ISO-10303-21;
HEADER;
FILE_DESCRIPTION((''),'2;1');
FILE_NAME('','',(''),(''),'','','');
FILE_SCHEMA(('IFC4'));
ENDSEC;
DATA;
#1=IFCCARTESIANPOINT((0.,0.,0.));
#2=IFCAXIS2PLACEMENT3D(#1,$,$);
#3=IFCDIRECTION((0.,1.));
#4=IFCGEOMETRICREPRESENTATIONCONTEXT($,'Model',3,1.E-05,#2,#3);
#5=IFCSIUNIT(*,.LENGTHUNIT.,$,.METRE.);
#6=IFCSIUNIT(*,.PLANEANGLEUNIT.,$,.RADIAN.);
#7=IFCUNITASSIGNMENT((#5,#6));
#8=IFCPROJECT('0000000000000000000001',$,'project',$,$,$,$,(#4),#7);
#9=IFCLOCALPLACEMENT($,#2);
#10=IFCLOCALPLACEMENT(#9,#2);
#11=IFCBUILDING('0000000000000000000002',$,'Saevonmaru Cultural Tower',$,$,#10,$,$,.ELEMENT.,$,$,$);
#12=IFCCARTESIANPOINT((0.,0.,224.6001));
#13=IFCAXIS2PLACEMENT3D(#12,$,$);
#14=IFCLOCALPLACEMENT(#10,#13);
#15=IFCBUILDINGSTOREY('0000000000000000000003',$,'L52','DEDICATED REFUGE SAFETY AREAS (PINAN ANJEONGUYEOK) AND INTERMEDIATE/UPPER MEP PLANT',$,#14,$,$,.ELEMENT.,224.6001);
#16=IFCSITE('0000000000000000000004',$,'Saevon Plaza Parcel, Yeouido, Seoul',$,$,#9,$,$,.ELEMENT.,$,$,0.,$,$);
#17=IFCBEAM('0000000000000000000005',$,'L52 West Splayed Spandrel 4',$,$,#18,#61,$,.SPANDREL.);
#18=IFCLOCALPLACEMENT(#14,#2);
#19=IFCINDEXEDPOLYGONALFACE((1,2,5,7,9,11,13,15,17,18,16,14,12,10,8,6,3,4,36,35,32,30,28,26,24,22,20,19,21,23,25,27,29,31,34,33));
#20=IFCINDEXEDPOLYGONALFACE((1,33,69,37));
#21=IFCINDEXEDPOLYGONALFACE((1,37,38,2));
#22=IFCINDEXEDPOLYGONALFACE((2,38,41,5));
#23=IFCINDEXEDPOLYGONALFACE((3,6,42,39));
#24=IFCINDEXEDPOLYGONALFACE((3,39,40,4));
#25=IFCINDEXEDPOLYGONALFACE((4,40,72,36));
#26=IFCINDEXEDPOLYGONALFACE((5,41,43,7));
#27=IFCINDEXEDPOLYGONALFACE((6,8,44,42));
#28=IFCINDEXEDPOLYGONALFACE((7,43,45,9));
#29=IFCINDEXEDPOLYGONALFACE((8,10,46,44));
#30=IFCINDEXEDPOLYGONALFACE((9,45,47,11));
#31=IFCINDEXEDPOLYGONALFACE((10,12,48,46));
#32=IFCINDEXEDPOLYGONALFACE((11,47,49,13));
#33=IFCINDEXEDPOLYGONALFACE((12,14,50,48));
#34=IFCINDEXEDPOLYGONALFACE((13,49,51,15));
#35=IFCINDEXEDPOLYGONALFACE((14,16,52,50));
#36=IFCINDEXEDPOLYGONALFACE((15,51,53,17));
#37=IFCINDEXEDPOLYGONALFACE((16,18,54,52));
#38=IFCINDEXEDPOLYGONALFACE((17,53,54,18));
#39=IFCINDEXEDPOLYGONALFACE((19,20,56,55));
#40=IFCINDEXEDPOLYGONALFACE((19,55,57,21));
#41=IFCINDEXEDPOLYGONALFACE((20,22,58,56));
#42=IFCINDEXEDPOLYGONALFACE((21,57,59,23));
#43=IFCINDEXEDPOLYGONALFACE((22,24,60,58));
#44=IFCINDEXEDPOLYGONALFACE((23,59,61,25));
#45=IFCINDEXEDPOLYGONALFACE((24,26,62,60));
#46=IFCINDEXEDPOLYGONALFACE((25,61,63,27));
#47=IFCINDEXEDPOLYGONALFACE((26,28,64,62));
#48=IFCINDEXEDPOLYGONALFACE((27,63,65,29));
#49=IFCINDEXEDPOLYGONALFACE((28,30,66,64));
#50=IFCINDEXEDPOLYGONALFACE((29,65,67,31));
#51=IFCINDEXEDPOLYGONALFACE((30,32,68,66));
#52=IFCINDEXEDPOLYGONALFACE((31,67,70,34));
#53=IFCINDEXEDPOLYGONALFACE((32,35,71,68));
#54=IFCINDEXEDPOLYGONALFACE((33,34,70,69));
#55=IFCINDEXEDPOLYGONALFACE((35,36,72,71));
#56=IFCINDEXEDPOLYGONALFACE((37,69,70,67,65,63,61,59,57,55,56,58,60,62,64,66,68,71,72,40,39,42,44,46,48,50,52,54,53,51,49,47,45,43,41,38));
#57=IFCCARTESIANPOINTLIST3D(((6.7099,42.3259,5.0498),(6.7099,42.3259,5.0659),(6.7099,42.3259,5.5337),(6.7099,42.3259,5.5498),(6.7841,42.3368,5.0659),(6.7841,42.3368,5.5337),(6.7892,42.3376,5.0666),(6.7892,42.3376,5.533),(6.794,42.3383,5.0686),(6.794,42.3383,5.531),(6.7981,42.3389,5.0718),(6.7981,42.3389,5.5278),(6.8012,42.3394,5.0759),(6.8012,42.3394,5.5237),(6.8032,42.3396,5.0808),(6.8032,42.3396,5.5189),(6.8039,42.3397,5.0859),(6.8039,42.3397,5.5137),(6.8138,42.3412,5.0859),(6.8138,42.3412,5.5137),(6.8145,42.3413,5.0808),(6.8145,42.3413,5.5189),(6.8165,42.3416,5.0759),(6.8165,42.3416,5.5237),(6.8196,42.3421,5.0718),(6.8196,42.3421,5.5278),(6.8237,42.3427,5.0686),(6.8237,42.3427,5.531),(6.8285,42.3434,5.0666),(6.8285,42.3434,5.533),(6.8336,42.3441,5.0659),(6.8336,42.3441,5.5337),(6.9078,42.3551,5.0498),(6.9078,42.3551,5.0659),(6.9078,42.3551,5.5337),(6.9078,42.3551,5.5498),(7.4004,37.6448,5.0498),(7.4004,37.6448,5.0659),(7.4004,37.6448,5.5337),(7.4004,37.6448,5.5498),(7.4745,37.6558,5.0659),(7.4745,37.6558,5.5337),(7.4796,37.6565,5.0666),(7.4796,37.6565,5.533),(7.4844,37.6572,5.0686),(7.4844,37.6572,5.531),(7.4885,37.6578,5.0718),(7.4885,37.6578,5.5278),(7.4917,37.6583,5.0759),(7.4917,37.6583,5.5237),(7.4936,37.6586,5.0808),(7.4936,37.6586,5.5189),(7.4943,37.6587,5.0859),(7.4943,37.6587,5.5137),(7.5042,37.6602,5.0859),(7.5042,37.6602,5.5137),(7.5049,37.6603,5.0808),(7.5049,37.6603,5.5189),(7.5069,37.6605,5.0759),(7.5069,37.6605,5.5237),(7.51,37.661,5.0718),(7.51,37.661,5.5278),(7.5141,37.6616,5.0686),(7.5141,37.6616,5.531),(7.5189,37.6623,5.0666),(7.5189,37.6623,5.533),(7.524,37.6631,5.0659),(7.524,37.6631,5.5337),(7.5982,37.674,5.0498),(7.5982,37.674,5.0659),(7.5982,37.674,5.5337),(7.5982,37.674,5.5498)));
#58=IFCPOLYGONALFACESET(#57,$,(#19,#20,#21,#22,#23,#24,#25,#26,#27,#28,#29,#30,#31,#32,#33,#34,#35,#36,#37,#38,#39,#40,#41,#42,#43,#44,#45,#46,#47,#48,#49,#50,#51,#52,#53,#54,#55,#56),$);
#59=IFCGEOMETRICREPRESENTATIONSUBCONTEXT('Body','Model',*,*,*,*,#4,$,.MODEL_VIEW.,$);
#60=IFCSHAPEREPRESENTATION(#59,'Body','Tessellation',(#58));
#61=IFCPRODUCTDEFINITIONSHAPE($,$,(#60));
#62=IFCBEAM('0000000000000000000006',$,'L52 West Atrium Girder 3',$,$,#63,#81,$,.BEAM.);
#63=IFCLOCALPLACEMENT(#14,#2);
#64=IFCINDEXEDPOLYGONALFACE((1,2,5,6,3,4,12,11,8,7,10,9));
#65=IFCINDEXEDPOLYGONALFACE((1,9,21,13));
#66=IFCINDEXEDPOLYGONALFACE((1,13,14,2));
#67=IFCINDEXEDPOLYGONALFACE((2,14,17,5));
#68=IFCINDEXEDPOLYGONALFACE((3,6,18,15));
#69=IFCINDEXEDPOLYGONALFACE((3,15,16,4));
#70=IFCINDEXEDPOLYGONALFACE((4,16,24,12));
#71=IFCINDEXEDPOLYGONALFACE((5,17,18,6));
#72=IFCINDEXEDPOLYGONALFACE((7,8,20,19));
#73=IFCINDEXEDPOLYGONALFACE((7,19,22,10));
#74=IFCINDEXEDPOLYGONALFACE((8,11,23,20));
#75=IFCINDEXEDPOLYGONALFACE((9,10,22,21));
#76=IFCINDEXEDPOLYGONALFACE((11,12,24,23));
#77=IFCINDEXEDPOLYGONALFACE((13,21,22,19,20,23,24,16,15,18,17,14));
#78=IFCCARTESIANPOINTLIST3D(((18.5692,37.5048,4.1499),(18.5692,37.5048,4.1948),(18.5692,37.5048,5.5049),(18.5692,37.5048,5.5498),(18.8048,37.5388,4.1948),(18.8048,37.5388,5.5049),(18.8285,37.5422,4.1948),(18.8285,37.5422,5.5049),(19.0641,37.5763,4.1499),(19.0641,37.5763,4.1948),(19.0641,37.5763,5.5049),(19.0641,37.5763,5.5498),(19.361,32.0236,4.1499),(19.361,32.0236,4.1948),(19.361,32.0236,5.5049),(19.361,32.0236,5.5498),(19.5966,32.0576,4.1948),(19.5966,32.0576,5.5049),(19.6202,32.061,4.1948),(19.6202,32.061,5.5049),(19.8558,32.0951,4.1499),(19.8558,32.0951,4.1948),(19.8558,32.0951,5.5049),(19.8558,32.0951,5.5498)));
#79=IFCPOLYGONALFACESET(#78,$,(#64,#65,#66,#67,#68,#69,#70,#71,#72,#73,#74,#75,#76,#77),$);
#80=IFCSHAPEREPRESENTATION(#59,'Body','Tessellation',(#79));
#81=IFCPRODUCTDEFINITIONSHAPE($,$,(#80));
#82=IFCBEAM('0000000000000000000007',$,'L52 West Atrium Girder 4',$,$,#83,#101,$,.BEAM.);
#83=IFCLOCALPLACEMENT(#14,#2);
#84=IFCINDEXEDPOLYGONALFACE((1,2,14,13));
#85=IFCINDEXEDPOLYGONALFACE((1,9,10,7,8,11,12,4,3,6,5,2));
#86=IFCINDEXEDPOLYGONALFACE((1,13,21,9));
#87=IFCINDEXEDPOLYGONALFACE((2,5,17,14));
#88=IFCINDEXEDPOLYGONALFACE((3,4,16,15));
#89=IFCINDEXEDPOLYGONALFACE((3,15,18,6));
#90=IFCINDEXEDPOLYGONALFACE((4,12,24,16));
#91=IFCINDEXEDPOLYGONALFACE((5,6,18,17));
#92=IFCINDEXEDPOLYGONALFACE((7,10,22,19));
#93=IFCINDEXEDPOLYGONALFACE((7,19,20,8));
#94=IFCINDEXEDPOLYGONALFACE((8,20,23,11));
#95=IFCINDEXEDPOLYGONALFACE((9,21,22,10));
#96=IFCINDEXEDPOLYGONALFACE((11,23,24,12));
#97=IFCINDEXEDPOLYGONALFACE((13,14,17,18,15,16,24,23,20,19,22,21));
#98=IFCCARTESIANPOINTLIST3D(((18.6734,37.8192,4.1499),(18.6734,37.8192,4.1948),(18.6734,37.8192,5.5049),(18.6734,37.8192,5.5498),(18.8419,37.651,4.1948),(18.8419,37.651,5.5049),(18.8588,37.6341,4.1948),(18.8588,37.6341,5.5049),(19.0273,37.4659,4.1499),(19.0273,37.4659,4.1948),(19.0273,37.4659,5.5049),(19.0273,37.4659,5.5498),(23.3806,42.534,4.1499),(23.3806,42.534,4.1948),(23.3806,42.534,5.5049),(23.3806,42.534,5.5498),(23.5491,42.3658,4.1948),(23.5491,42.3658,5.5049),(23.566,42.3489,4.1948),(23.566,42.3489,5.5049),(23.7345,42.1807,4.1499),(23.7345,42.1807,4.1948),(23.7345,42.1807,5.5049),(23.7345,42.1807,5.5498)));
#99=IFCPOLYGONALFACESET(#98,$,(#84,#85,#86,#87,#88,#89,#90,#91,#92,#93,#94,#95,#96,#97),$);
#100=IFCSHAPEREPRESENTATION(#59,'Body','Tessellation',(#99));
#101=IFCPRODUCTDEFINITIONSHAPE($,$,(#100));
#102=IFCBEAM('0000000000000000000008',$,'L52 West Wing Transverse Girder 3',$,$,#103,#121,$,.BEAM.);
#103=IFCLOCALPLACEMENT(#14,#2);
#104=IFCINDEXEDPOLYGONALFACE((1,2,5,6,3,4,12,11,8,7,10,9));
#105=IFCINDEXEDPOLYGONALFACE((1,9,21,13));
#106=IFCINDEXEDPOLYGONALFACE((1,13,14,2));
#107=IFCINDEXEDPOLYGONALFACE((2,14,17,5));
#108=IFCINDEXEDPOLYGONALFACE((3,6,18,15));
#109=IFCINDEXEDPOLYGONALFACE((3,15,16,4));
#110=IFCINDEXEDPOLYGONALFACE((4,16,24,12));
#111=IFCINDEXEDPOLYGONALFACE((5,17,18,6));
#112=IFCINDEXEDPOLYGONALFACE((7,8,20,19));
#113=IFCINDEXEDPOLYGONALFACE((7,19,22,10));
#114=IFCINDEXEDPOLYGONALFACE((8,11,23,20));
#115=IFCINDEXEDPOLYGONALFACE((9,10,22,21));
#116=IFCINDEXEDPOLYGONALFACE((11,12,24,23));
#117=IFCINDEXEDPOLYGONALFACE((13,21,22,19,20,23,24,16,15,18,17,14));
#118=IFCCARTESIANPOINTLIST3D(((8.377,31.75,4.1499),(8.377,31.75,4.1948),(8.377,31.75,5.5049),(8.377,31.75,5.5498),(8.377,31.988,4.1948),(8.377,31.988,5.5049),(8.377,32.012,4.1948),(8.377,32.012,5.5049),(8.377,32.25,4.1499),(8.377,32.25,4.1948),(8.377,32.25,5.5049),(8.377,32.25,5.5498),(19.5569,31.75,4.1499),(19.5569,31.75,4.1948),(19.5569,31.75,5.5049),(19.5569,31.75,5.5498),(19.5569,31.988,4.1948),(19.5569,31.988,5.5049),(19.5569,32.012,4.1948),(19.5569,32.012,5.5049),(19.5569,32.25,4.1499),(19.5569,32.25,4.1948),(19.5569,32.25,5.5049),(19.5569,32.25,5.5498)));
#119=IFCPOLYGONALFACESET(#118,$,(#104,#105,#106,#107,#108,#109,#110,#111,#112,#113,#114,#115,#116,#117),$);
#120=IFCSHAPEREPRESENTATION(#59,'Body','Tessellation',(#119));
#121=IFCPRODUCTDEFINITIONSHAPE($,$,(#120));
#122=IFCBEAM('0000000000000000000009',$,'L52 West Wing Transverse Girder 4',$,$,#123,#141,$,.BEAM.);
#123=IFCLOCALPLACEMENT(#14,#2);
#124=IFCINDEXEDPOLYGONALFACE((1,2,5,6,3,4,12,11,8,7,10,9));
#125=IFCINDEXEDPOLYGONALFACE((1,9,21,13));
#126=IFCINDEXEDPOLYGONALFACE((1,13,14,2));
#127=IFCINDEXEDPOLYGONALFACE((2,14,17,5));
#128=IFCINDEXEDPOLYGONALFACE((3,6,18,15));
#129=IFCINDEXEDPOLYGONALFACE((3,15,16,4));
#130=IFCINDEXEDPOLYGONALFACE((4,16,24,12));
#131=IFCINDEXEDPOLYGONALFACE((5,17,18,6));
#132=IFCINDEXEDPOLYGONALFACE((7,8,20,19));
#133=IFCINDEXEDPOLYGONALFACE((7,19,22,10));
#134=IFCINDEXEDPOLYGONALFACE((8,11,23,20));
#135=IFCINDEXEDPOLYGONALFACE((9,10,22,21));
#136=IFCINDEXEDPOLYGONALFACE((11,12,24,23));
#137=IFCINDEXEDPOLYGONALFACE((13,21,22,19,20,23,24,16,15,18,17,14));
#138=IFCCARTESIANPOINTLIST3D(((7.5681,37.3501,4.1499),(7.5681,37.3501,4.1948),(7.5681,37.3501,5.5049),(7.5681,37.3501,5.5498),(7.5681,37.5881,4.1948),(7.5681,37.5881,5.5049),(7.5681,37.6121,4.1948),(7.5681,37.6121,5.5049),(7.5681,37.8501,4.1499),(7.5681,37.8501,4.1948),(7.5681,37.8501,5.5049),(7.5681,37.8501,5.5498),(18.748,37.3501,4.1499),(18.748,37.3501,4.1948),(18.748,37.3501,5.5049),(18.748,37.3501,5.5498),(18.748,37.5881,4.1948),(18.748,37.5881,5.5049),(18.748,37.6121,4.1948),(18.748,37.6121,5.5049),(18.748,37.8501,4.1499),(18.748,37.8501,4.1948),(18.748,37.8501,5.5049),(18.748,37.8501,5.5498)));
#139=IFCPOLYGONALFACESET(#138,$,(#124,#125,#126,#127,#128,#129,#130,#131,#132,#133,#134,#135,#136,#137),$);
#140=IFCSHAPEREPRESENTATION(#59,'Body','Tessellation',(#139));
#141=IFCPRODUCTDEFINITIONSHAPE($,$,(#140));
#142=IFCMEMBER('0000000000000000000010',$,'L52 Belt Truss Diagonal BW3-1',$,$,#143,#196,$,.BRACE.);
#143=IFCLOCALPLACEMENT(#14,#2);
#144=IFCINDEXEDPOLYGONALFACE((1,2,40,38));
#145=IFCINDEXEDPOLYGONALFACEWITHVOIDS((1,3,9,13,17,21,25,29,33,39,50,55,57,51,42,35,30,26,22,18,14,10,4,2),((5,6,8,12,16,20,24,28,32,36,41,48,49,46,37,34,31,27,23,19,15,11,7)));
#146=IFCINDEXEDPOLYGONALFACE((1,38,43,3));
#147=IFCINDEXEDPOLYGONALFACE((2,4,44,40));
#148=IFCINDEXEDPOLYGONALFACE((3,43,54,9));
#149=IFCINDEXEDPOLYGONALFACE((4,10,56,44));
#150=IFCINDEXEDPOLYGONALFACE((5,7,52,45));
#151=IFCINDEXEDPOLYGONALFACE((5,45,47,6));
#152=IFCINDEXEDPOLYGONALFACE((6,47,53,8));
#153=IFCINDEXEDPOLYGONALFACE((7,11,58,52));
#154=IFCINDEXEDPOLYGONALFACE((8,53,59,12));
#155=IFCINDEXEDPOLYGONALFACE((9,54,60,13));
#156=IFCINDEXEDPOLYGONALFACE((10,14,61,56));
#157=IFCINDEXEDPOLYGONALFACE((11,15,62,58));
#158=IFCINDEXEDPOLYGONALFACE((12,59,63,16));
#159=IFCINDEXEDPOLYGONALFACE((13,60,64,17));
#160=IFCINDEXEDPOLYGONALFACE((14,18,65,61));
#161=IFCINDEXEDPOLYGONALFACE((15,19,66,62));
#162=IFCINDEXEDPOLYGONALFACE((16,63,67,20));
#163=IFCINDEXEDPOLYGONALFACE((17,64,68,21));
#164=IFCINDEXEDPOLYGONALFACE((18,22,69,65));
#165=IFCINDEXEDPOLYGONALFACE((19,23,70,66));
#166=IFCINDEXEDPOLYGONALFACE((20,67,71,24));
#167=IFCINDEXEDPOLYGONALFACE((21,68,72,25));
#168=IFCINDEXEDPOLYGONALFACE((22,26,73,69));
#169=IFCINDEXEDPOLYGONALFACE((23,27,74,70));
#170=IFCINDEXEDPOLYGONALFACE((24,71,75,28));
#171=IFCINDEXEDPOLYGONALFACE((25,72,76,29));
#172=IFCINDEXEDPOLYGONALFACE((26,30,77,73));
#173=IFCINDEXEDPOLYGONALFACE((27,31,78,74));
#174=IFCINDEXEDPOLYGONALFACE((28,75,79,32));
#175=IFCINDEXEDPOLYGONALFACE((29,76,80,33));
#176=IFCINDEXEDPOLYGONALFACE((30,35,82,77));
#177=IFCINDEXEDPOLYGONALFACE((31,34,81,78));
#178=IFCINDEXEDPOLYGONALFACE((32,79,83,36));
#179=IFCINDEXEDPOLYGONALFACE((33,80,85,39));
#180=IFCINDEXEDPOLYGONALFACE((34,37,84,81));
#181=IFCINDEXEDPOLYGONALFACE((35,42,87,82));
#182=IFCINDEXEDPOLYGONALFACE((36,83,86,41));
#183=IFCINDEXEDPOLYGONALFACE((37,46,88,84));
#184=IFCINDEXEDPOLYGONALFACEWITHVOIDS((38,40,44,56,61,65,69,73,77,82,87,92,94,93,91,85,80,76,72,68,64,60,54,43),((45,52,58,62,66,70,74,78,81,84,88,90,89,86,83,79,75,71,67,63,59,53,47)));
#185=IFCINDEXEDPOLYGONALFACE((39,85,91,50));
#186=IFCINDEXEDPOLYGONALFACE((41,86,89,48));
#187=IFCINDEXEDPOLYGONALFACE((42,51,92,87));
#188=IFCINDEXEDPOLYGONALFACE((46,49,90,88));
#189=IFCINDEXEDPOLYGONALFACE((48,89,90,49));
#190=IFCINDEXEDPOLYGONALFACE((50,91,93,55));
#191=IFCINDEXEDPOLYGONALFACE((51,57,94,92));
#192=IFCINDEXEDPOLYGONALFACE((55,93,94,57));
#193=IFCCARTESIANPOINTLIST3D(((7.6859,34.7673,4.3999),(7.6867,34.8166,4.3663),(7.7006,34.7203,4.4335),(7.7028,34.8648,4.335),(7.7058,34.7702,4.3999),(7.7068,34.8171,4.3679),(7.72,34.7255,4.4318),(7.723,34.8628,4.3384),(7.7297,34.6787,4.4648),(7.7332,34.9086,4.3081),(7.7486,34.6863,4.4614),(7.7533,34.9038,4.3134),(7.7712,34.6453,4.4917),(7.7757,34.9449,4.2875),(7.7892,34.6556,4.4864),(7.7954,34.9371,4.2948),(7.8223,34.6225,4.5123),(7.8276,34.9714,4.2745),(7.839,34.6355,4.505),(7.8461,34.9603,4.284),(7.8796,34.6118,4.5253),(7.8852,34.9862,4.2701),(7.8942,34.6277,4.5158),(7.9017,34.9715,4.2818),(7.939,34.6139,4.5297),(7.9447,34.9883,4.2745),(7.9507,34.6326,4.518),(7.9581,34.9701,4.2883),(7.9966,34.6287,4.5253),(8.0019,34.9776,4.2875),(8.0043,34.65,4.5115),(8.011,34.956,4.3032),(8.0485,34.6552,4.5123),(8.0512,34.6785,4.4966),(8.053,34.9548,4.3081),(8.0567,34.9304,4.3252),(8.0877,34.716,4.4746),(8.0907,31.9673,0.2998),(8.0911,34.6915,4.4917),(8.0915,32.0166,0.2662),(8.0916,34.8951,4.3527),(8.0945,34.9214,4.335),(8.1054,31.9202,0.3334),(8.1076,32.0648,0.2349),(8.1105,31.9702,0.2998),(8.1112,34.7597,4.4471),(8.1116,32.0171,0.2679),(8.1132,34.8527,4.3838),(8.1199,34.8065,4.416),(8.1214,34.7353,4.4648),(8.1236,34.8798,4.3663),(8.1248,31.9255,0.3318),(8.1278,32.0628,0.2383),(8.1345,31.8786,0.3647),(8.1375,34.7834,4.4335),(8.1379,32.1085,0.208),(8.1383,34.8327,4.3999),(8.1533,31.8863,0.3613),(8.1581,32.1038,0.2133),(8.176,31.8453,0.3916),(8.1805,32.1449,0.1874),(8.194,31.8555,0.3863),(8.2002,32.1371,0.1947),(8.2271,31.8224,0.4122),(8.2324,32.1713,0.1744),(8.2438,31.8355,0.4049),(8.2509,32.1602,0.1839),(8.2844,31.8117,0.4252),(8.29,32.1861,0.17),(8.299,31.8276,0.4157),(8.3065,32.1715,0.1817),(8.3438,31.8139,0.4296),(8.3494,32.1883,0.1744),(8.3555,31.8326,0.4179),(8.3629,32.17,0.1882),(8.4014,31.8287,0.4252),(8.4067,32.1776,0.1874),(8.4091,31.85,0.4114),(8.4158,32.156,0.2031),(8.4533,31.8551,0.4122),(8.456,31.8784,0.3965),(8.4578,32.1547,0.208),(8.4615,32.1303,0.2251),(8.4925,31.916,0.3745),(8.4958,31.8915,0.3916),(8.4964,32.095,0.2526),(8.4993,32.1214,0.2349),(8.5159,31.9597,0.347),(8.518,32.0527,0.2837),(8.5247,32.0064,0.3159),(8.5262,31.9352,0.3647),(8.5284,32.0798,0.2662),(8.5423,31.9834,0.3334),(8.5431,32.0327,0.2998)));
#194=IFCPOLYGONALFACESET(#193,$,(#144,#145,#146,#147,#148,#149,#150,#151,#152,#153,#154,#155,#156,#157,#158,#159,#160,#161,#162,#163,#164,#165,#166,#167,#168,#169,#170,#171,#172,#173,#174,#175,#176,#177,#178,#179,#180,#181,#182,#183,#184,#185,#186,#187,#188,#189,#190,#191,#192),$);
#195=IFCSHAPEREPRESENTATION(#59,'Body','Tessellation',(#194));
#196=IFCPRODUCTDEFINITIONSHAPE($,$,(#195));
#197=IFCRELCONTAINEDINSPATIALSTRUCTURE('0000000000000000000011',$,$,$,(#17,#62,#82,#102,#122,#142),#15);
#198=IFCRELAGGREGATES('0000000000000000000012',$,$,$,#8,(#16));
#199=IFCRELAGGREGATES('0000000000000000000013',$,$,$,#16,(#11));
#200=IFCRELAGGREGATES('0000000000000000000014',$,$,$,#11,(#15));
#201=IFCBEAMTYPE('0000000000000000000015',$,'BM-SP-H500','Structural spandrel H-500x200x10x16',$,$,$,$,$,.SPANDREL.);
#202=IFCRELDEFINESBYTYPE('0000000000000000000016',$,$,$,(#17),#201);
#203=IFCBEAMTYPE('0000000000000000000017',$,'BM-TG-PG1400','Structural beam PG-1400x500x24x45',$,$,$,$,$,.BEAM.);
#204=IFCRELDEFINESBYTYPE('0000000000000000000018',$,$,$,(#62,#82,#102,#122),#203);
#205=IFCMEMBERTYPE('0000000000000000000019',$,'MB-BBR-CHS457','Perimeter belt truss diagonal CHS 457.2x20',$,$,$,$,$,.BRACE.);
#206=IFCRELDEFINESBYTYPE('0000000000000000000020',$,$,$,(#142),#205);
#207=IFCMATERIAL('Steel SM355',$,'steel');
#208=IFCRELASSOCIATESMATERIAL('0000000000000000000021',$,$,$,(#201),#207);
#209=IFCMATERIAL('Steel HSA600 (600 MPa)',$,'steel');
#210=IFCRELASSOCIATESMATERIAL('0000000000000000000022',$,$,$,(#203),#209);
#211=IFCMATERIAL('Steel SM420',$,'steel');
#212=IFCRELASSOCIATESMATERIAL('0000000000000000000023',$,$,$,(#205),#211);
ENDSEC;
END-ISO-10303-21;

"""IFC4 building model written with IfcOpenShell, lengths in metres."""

from ifc_helpers import new_model, si_unit, direction, frame, origin, origin_2d, place, context, subcontext, project, spatial, hollow_circle, i_section, extrude, material, material_profile, profile_set, type_object, element, save


model = new_model("IFC4")

# Units and contexts
model_context = context("Model", 3, precision=1e-05, world=origin(), true_north=direction((0.0, 1.0)))
body_context = subcontext(model_context, "Body", "Model", "MODEL_VIEW")
ifc_project = project(units=[si_unit("LENGTHUNIT", "METRE"), si_unit("PLANEANGLEUNIT", "RADIAN")], contexts=[model_context])

# Site, building, storey
site_placement = place(None, origin())
site = spatial("IfcSite", under=ifc_project, at=site_placement, Name="Saevon Plaza Parcel, Yeouido, Seoul", CompositionType="ELEMENT", RefElevation=0.0)
building_placement = place(site_placement, origin())
building = spatial("IfcBuilding", under=site, at=building_placement, Name="Saevonmaru Cultural Tower", CompositionType="ELEMENT")
storey_placement = place(building_placement, frame((0.0, 0.0, 224.6001)))
storey = spatial("IfcBuildingStorey", under=building, at=storey_placement, Name="L52", Description="DEDICATED REFUGE SAFETY AREAS (PINAN ANJEONGUYEOK) AND INTERMEDIATE/UPPER MEP PLANT", CompositionType="ELEMENT", Elevation=224.6001)

# Shared definitions
ifc_material_1 = material(Name="Steel SM420", Category="steel")
ifc_material_2 = material(Name="Steel SM355", Category="steel")

# Beams
ifc_material_profile_1 = material_profile(ifc_material_2, i_section(OverallWidth=0.2, OverallDepth=0.5, WebThickness=0.01, FlangeThickness=0.0161, FilletRadius=0.02, at=origin_2d()), Name="H-500x200x10x16")
ifc_profile_set_1 = profile_set([ifc_material_profile_1], Name="Steel SM355")
beam_type_1 = type_object("IfcBeamType", Name="BM-SP-H500", Description="Structural spandrel H-500x200x10x16", PredefinedType="SPANDREL", material=ifc_profile_set_1)
beam_1_placement = place(storey_placement, frame((7.4993, 37.6594, 5.2998), z_axis=(-0.145913, 0.989297, 0.0), x_axis=(-0.989297, -0.145913, 0.0)))
element("IfcBeam", 1, at=beam_1_placement, inside=storey, type_object=beam_type_1, Name="L52 West Splayed Spandrel 4", PredefinedType="SPANDREL", context=body_context, shape_type="SweptSolid", body=[
    extrude(i_section(OverallWidth=0.2, OverallDepth=0.5, WebThickness=0.01, FlangeThickness=0.0161, FilletRadius=0.02, at=origin_2d()), origin(), (0.0, 0.0, 1.0), 4.7317),
])
ifc_material_3 = material(Name="Steel HSA600 (600 MPa)", Category="steel")
ifc_material_profile_2 = material_profile(ifc_material_3, i_section(OverallWidth=0.5, OverallDepth=1.3999, WebThickness=0.0239, FlangeThickness=0.0449, at=origin_2d()), Name="PG-1400x500x24x45")
ifc_profile_set_2 = profile_set([ifc_material_profile_2], Name="Steel HSA600 (600 MPa)")
beam_type_2 = type_object("IfcBeamType", Name="BM-TG-PG1400", Description="Structural beam PG-1400x500x24x45", PredefinedType="BEAM", material=ifc_profile_set_2)
beam_2_placement = place(storey_placement, frame((19.6084, 32.0593, 4.8499), z_axis=(-0.142964, 0.989728, 0.0), x_axis=(-0.989728, -0.142964, 0.0)))
element("IfcBeam", 2, at=beam_2_placement, inside=storey, type_object=beam_type_2, Name="L52 West Atrium Girder 3", PredefinedType="BEAM", context=body_context, shape_type="SweptSolid", body=[
    extrude(i_section(OverallWidth=0.5, OverallDepth=1.3999, WebThickness=0.0239, FlangeThickness=0.0449, at=origin_2d()), origin(), (0.0, 0.0, 1.0), 5.5381),
])
beam_3_placement = place(storey_placement, frame((18.8503, 37.6426, 4.8499), z_axis=(0.706539, 0.707675, 0.0), x_axis=(-0.707675, 0.706539, 0.0)))
element("IfcBeam", 3, at=beam_3_placement, inside=storey, type_object=beam_type_2, Name="L52 West Atrium Girder 4", PredefinedType="BEAM", context=body_context, shape_type="SweptSolid", body=[
    extrude(i_section(OverallWidth=0.5, OverallDepth=1.3999, WebThickness=0.0239, FlangeThickness=0.0449, at=origin_2d()), origin(), (0.0, 0.0, 1.0), 6.6624),
])
for number, where, z_axis, x_axis, name in (
    (4, (8.377, 32.0, 4.8499), (1.0, 0.0, 0.0), (0.0, 1.0, 0.0), "L52 West Wing Transverse Girder 3"),
    (5, (7.5681, 37.6001, 4.8499), (1.0, 0.0, 0.0), (0.0, 1.0, 0.0), "L52 West Wing Transverse Girder 4"),
):
    element("IfcBeam", number, at=place(storey_placement, frame(where, z_axis=z_axis, x_axis=x_axis)), inside=storey, type_object=beam_type_2, Name=name, PredefinedType="BEAM", context=body_context, shape_type="SweptSolid", body=[
        extrude(i_section(OverallWidth=0.5, OverallDepth=1.3999, WebThickness=0.0239, FlangeThickness=0.0449, at=origin_2d()), origin(), (0.0, 0.0, 1.0), 11.1799),
    ])

# Member
ifc_material_profile_3 = material_profile(ifc_material_1, hollow_circle(Radius=0.2285, WallThickness=0.02, at=origin_2d()), Name="CHS-457.2x20")
ifc_profile_set_3 = profile_set([ifc_material_profile_3], Name="Steel SM420")
member_type_1 = type_object("IfcMemberType", Name="MB-BBR-CHS457", Description="Perimeter belt truss diagonal CHS 457.2x20", PredefinedType="BRACE", material=ifc_profile_set_3)
for number, where, z_axis, x_axis, name in (
    (6, (8.3169, 32.0, 0.2998), (-0.081258, 0.562094, 0.823072), (-0.989712, -0.143076, 0.0), "L52 Belt Truss Diagonal BW3-1"),
):
    element("IfcMember", number, at=place(storey_placement, frame(where, z_axis=z_axis, x_axis=x_axis)), inside=storey, type_object=member_type_1, Name=name, PredefinedType="BRACE", context=body_context, shape_type="SweptSolid", body=[
        extrude(hollow_circle(Radius=0.2285, WallThickness=0.02, at=origin_2d()), origin(), (0.0, 0.0, 1.0), 4.9814),
    ])

save(model, "model.ifc")
